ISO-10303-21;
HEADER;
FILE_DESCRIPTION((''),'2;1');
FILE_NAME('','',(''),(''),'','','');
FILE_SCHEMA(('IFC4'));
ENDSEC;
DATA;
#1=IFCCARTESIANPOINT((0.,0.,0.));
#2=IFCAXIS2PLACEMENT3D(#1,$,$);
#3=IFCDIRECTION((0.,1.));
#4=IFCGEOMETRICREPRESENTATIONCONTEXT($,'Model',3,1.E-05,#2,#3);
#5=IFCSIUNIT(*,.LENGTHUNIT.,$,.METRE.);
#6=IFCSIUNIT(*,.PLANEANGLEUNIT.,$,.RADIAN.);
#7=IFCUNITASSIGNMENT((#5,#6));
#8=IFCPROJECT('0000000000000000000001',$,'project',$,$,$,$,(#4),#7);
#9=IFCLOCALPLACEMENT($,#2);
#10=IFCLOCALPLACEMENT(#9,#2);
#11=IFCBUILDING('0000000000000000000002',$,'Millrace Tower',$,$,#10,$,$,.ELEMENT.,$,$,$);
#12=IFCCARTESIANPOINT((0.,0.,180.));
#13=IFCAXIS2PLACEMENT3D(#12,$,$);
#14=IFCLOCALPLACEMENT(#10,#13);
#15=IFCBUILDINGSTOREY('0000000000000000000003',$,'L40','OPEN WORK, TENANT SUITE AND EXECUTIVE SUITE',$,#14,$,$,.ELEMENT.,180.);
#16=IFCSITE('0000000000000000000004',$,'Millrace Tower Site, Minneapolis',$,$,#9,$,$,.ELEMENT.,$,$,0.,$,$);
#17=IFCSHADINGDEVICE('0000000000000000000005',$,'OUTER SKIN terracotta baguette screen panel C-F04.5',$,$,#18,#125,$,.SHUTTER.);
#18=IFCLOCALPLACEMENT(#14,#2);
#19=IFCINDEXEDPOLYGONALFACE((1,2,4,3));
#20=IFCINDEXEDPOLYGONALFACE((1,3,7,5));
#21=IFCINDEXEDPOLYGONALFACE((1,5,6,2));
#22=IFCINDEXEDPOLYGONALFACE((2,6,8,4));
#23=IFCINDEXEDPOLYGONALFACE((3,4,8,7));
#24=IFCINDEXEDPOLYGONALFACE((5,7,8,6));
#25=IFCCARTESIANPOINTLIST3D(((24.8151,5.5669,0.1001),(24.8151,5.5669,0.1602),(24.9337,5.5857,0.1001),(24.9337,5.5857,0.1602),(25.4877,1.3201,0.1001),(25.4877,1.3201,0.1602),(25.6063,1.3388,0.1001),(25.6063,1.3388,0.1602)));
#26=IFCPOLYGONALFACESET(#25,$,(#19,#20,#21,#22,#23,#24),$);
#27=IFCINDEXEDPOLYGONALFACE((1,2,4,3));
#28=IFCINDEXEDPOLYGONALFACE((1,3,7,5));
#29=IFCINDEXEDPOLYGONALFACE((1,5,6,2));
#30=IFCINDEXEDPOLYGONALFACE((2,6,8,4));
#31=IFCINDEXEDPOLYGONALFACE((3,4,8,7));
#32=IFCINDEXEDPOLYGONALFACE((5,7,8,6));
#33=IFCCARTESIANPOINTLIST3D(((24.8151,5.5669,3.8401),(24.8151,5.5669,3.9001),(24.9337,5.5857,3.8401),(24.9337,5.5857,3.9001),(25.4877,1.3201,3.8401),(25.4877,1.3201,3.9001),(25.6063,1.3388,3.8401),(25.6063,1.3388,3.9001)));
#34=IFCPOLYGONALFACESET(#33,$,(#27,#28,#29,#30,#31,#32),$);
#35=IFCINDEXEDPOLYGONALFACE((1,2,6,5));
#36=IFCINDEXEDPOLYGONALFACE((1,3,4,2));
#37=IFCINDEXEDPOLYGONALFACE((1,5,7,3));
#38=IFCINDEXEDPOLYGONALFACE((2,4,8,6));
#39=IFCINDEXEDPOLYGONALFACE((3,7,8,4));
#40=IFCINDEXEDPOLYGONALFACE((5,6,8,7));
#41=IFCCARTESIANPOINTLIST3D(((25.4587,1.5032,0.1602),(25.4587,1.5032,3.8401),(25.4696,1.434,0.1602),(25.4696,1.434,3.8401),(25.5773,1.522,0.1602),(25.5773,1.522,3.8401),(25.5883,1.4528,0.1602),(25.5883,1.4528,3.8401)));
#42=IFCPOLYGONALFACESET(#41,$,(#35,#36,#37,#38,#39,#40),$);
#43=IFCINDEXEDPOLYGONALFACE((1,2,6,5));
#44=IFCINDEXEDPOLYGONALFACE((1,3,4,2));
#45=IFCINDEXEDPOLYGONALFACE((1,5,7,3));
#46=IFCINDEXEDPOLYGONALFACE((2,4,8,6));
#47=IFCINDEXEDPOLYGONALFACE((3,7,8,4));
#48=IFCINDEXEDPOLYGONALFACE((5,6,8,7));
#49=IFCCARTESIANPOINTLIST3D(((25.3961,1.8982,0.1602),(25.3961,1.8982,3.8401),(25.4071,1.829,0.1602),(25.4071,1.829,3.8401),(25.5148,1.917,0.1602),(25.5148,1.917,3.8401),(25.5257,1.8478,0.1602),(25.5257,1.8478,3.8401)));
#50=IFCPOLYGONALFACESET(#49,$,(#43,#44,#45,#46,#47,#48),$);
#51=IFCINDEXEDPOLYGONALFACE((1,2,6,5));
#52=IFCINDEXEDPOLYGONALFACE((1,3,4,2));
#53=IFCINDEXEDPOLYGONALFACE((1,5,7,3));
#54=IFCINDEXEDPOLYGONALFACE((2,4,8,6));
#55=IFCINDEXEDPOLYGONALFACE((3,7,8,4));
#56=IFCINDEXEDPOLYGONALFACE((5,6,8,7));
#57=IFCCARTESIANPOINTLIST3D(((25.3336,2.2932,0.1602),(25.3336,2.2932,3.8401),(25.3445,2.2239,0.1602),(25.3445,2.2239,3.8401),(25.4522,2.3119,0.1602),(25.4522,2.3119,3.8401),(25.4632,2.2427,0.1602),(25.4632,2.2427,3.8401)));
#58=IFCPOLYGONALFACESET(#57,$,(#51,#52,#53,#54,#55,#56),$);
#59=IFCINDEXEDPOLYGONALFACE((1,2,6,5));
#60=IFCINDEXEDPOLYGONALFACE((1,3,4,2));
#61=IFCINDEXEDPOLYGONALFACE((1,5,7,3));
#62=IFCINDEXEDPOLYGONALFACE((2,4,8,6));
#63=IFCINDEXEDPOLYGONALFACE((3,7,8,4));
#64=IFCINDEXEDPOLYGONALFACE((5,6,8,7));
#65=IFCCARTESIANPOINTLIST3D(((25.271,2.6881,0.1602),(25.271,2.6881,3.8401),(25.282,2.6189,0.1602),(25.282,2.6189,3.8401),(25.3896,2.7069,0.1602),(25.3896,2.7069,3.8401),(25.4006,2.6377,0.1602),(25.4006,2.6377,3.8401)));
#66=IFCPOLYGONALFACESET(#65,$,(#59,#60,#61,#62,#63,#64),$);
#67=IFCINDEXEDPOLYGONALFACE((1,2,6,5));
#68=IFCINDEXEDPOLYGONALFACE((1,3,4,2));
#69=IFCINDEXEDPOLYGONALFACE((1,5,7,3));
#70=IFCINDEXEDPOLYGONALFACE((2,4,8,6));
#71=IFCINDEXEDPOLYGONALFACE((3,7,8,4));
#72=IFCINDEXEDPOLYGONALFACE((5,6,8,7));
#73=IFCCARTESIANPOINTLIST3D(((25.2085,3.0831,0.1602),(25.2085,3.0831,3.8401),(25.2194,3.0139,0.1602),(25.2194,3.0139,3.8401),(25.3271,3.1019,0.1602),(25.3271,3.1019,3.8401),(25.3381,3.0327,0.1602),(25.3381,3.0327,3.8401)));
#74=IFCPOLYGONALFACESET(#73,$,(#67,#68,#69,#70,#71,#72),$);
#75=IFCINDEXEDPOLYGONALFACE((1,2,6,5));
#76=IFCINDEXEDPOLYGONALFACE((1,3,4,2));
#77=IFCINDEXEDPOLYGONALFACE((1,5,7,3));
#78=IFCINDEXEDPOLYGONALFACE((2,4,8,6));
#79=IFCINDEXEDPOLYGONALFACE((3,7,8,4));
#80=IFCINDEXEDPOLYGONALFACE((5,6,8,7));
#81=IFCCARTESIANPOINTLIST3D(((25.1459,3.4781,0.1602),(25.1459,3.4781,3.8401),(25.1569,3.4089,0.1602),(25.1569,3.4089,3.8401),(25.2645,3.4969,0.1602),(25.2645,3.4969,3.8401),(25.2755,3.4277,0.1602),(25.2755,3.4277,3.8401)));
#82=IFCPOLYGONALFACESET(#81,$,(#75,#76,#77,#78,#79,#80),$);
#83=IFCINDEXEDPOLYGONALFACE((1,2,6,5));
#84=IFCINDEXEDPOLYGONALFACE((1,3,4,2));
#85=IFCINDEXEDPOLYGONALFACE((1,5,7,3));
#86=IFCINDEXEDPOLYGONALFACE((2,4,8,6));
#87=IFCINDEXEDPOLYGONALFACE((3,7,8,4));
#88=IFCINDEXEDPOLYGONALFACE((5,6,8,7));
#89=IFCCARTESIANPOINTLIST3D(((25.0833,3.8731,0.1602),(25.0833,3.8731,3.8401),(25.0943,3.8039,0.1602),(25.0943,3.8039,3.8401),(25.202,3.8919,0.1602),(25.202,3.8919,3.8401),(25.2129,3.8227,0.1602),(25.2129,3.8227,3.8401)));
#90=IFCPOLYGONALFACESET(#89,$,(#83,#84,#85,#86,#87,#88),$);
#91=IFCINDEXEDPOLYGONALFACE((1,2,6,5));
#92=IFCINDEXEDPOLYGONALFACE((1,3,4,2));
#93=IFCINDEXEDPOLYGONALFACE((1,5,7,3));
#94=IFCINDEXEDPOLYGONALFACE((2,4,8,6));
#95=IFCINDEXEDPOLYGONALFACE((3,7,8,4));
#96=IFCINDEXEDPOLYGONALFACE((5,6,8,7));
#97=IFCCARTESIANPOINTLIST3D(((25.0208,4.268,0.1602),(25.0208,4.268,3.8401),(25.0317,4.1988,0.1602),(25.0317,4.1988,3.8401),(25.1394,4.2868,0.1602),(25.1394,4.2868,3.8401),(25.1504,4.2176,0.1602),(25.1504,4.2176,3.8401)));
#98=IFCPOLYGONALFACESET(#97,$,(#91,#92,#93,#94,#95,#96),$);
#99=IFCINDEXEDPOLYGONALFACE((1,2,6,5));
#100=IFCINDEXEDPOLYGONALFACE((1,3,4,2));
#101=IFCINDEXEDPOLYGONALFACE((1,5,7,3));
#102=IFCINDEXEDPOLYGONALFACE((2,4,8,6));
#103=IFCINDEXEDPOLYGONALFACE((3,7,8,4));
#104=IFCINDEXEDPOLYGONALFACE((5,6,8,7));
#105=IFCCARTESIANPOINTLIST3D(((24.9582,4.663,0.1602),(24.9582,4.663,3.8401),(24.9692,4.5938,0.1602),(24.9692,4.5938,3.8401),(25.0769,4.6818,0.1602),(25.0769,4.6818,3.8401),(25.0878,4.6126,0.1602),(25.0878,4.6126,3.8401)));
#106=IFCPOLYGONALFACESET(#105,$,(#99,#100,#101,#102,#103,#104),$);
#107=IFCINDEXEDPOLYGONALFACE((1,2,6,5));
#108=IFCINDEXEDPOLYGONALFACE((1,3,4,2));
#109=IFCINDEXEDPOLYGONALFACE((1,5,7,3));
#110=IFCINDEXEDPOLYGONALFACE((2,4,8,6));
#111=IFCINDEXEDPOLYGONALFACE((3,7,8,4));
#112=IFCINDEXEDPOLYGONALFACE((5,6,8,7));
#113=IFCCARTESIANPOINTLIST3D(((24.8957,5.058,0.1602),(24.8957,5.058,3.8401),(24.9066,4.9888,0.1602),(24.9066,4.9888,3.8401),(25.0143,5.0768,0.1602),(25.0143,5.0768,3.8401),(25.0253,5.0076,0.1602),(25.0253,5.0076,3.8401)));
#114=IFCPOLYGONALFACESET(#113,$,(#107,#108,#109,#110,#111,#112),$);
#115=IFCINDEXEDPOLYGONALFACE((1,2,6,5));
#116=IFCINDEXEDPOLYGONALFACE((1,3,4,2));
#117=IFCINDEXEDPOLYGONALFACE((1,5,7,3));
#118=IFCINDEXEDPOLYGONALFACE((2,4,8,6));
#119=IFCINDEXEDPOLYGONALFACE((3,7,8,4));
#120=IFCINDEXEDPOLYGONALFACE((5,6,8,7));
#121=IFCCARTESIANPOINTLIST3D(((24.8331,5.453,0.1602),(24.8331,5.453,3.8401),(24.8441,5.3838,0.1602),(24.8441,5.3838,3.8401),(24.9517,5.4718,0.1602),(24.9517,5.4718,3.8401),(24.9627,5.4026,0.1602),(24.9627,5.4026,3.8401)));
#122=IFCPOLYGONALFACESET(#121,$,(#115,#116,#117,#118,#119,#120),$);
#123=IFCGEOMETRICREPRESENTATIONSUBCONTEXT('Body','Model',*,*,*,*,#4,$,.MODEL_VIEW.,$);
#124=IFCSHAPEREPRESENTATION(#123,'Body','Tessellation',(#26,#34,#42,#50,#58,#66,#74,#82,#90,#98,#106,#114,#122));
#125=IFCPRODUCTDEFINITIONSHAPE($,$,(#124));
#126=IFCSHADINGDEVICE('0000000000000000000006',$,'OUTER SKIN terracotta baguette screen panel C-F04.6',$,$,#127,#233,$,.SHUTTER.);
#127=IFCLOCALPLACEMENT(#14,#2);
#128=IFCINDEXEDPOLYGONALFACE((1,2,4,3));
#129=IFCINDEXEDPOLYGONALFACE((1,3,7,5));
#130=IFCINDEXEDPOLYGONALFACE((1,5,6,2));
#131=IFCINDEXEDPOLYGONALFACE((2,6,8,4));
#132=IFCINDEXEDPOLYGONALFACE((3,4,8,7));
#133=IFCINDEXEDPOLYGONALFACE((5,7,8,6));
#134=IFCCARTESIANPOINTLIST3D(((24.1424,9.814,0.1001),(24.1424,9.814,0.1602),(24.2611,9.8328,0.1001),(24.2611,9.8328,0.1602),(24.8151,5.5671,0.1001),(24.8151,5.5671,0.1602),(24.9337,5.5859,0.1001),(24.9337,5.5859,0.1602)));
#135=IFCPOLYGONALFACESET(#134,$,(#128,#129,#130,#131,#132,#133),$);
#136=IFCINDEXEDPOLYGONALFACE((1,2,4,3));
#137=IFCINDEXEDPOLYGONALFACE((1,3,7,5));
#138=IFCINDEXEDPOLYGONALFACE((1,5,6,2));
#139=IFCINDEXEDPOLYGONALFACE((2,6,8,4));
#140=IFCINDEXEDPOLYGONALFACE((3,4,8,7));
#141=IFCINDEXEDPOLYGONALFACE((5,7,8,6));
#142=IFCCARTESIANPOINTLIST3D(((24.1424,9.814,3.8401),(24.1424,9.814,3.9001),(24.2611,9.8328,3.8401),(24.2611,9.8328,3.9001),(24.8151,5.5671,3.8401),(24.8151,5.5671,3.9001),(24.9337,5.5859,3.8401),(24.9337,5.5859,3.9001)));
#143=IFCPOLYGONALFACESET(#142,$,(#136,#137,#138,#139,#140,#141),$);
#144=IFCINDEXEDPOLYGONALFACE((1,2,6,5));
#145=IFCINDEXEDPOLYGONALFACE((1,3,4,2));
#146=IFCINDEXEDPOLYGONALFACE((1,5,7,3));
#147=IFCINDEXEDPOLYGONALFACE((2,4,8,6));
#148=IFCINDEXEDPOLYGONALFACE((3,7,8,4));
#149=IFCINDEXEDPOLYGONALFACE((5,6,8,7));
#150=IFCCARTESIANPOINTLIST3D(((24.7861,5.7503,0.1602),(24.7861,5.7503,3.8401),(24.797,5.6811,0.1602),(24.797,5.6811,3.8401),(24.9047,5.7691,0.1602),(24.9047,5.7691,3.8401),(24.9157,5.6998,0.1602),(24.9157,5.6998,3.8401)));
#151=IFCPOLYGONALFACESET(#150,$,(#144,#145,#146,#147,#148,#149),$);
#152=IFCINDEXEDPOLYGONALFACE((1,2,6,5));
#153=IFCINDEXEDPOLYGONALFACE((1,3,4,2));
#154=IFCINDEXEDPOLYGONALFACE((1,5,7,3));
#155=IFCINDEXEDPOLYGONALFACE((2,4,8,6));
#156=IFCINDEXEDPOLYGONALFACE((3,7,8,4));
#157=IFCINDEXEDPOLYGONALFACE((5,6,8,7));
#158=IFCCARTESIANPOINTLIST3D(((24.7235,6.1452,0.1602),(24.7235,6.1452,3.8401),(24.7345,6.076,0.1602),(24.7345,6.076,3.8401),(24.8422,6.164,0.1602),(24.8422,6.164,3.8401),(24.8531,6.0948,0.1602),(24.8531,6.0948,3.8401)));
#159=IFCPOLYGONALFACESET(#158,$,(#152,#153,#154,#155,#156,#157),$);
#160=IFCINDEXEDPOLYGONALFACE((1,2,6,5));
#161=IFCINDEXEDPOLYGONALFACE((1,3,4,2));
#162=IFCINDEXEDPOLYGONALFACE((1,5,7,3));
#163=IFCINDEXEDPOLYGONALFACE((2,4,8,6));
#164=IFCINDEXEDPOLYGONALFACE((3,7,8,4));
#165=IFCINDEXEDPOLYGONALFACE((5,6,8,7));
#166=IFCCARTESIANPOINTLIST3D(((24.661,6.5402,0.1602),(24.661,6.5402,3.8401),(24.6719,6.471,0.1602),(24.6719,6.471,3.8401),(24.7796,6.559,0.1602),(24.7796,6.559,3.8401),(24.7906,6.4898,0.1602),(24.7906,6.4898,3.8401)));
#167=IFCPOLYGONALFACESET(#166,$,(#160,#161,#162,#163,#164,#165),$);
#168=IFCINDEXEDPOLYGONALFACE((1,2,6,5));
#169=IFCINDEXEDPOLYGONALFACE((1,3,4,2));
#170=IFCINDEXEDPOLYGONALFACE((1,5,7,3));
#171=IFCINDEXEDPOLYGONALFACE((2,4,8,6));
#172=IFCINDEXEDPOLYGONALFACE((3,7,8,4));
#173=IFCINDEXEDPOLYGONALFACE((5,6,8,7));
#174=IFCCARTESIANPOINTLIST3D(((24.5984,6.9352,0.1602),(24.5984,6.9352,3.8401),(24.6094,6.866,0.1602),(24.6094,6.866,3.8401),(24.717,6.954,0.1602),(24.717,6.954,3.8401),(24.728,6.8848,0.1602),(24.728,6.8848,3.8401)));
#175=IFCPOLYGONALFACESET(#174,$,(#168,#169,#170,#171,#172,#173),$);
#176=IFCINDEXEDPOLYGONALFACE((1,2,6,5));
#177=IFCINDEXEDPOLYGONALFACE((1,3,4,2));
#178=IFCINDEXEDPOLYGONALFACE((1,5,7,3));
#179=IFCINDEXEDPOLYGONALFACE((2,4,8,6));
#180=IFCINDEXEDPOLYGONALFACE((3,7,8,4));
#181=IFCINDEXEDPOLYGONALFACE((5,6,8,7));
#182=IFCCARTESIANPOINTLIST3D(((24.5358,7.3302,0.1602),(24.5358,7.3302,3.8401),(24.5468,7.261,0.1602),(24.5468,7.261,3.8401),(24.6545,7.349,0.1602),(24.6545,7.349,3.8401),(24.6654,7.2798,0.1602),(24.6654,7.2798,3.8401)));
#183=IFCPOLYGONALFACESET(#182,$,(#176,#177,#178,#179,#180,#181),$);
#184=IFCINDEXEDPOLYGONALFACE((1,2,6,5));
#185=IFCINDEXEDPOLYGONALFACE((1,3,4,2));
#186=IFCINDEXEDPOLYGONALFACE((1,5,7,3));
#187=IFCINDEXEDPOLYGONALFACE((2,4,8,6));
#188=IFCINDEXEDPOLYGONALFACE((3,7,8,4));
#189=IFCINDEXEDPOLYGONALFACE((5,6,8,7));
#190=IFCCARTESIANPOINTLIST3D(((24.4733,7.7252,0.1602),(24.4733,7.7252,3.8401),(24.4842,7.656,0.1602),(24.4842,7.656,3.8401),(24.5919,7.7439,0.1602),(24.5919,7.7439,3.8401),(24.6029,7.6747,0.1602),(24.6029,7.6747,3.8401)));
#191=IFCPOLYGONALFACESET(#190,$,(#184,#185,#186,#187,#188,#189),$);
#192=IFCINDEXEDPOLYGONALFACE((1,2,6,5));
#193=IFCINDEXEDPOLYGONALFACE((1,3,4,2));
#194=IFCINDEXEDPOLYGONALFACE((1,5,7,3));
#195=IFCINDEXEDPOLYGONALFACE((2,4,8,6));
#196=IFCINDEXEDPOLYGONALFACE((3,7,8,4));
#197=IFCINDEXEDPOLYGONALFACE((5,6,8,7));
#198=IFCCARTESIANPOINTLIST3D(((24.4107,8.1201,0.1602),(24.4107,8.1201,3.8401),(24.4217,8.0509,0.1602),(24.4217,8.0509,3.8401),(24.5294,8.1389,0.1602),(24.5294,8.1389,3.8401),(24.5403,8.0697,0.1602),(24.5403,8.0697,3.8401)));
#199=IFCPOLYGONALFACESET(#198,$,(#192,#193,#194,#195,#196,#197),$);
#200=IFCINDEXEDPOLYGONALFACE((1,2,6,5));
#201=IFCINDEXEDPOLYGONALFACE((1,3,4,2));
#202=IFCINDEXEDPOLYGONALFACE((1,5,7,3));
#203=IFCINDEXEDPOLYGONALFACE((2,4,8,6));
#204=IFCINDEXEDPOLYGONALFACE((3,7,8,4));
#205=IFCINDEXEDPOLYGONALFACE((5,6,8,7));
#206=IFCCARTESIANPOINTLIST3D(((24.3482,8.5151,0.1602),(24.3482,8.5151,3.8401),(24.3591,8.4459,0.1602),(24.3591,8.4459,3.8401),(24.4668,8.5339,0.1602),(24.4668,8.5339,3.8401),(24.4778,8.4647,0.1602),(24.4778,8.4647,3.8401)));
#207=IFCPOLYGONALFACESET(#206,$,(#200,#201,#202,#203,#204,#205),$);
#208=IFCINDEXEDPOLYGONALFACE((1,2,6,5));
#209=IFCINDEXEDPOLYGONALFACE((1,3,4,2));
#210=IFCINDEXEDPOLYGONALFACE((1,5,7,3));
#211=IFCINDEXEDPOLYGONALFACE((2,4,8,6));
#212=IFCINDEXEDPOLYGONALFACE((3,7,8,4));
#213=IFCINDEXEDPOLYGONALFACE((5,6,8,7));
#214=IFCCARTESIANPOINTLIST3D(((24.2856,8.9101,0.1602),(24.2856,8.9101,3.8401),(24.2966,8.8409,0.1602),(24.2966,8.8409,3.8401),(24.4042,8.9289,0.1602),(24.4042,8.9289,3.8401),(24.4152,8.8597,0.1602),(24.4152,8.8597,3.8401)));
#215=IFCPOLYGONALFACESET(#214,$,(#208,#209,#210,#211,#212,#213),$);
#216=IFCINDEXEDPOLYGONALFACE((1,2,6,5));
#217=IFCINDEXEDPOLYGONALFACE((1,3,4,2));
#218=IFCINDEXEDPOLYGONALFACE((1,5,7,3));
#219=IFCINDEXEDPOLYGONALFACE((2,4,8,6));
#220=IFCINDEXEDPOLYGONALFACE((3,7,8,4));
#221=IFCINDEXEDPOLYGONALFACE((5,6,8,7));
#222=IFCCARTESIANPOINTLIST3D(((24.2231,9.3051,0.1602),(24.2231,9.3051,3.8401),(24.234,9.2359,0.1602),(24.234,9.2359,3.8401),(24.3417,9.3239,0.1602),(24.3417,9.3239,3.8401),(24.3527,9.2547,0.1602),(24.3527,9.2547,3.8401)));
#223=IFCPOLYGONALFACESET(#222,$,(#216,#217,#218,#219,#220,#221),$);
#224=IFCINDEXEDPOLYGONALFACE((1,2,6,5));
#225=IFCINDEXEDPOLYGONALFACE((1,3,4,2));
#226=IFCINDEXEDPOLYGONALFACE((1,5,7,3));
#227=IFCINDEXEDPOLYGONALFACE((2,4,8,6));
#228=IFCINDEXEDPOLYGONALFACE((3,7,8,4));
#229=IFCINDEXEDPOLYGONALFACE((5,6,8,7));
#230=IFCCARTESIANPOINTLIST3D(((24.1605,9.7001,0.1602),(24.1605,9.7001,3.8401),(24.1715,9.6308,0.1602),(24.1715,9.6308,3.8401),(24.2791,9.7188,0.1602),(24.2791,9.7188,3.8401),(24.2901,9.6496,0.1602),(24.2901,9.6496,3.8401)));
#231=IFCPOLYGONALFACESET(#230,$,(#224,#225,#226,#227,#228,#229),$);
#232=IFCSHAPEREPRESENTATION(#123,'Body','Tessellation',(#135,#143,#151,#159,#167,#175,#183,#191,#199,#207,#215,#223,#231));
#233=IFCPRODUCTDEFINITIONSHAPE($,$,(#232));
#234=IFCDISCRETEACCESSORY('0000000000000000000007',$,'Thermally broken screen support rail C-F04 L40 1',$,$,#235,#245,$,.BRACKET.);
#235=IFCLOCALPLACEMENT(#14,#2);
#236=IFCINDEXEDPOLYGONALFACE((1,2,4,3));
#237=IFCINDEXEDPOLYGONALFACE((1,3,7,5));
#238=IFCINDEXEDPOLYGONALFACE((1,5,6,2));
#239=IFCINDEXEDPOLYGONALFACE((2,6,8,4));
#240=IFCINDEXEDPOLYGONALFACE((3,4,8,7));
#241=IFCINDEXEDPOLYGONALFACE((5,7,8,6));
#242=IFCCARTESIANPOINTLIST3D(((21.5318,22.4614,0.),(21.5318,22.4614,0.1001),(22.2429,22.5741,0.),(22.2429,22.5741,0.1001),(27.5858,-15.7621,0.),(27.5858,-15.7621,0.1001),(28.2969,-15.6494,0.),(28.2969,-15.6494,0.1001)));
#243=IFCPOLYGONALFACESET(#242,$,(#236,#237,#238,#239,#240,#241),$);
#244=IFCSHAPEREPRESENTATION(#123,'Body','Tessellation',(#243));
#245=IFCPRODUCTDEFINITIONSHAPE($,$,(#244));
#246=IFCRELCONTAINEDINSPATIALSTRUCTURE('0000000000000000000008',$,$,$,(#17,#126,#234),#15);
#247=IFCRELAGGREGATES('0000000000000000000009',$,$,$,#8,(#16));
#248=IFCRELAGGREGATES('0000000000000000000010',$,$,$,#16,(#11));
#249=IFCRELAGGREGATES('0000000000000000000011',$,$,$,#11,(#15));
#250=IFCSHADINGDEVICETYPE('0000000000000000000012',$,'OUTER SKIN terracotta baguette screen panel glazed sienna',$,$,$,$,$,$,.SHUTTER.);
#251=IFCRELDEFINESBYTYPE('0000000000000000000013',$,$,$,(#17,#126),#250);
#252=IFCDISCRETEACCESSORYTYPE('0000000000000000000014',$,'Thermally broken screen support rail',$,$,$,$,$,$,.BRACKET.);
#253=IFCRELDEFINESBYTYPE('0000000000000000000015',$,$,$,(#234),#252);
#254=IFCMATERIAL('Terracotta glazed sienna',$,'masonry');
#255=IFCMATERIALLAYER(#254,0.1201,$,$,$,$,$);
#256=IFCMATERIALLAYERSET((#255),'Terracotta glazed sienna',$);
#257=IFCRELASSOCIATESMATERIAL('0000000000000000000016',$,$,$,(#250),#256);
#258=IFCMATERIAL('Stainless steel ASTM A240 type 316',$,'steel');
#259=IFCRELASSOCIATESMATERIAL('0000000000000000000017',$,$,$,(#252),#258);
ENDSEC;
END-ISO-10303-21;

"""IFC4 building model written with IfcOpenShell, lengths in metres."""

from ifc_helpers import new_model, entity, si_unit, direction, frame, frame_2d, origin, origin_2d, place, context, subcontext, project, spatial, rectangle, extrude, source, transform, mapped, material, layer, layer_set, type_object, element, save


model = new_model("IFC4")

# Units and contexts
model_context = context("Model", 3, precision=1e-05, world=origin(), true_north=direction((0.0, 1.0)))
body_context = subcontext(model_context, "Body", "Model", "MODEL_VIEW")
ifc_project = project(units=[si_unit("LENGTHUNIT", "METRE"), si_unit("PLANEANGLEUNIT", "RADIAN")], contexts=[model_context])

# Site, building, storey
site_placement = place(None, origin())
site = spatial("IfcSite", under=ifc_project, at=site_placement, Name="Millrace Tower Site, Minneapolis", CompositionType="ELEMENT", RefElevation=0.0)
building_placement = place(site_placement, origin())
building = spatial("IfcBuilding", under=site, at=building_placement, Name="Millrace Tower", CompositionType="ELEMENT")
storey_placement = place(building_placement, frame((0.0, 0.0, 180.0)))
storey = spatial("IfcBuildingStorey", under=building, at=storey_placement, Name="L40", Description="OPEN WORK, TENANT SUITE AND EXECUTIVE SUITE", CompositionType="ELEMENT", Elevation=180.0)

# Shading devices
ifc_material_1 = material(Name="Terracotta glazed sienna", Category="masonry")
ifc_layer_1 = layer(ifc_material_1, 0.1201)
ifc_layer_set_1 = layer_set([ifc_layer_1], Name="Terracotta glazed sienna")
shading_device_type = type_object("IfcShadingDeviceType", Name="OUTER SKIN terracotta baguette screen panel glazed sienna", PredefinedType="SHUTTER", material=ifc_layer_set_1)
cartesian_point = entity("IfcCartesianPoint", [-2.1499, 0.0601])
shared_polyline = entity("IfcPolyline", [cartesian_point, entity("IfcCartesianPoint", [2.1499, 0.0601]), entity("IfcCartesianPoint", [2.1499, -0.0601]), entity("IfcCartesianPoint", [-2.1499, -0.0601]), cartesian_point])
shared_shape = source(origin(), body_context, "Body", "SweptSolid", [
    entity("IfcExtrudedAreaSolid", entity("IfcArbitraryClosedProfileDef", "AREA", None, shared_polyline), entity("IfcAxis2Placement3D", entity("IfcCartesianPoint", [0.0, 0.0, 0.0])), entity("IfcDirection", [0.0, 0.0, 1.0]), 0.0601),
    entity("IfcExtrudedAreaSolid", entity("IfcArbitraryClosedProfileDef", "AREA", None, shared_polyline), entity("IfcAxis2Placement3D", entity("IfcCartesianPoint", [0.0, 0.0, 3.74])), entity("IfcDirection", [0.0, 0.0, 1.0]), 0.0601),
    extrude(rectangle(XDim=0.0701, YDim=0.1201, at=frame_2d((-1.9995, 0.0))), frame((0.0, 0.0, 0.0601)), (0.0, 0.0, 1.0), 3.6799),
    extrude(rectangle(XDim=0.0701, YDim=0.1201, at=frame_2d((-1.5996, 0.0))), frame((0.0, 0.0, 0.0601)), (0.0, 0.0, 1.0), 3.6799),
    extrude(rectangle(XDim=0.0701, YDim=0.1201, at=frame_2d((-1.1997, 0.0))), frame((0.0, 0.0, 0.0601)), (0.0, 0.0, 1.0), 3.6799),
    extrude(rectangle(XDim=0.0701, YDim=0.1201, at=frame_2d((-0.7998, 0.0))), frame((0.0, 0.0, 0.0601)), (0.0, 0.0, 1.0), 3.6799),
    extrude(rectangle(XDim=0.0701, YDim=0.1201, at=frame_2d((-0.3999, 0.0))), frame((0.0, 0.0, 0.0601)), (0.0, 0.0, 1.0), 3.6799),
    extrude(rectangle(XDim=0.0701, YDim=0.1201, at=origin_2d()), frame((0.0, 0.0, 0.0601)), (0.0, 0.0, 1.0), 3.6799),
    extrude(rectangle(XDim=0.0701, YDim=0.1201, at=frame_2d((0.3999, 0.0))), frame((0.0, 0.0, 0.0601)), (0.0, 0.0, 1.0), 3.6799),
    extrude(rectangle(XDim=0.0701, YDim=0.1201, at=frame_2d((0.7998, 0.0))), frame((0.0, 0.0, 0.0601)), (0.0, 0.0, 1.0), 3.6799),
    extrude(rectangle(XDim=0.0701, YDim=0.1201, at=frame_2d((1.1997, 0.0))), frame((0.0, 0.0, 0.0601)), (0.0, 0.0, 1.0), 3.6799),
    extrude(rectangle(XDim=0.0701, YDim=0.1201, at=frame_2d((1.5996, 0.0))), frame((0.0, 0.0, 0.0601)), (0.0, 0.0, 1.0), 3.6799),
    extrude(rectangle(XDim=0.0701, YDim=0.1201, at=frame_2d((1.9995, 0.0))), frame((0.0, 0.0, 0.0601)), (0.0, 0.0, 1.0), 3.6799),
])
for number, where, z_axis, x_axis, name in (
    (1, (25.2107, 3.4529, 0.1001), (0.0, 0.0, 1.0), (-0.156434, 0.987688, 0.0), "OUTER SKIN terracotta baguette screen panel C-F04.5"),
    (2, (24.5381, 7.7, 0.1001), (0.0, 0.0, 1.0), (-0.156434, 0.987688, 0.0), "OUTER SKIN terracotta baguette screen panel C-F04.6"),
):
    element("IfcShadingDevice", number, at=place(storey_placement, frame(where, z_axis=z_axis, x_axis=x_axis)), inside=storey, type_object=shading_device_type, Name=name, PredefinedType="SHUTTER", context=body_context, shape_type="MappedRepresentation", body=[
        mapped(shared_shape, transform((0.0, 0.0, 0.0), scale=1.0)),
    ])

# Discrete accessory
ifc_material_2 = material(Name="Stainless steel ASTM A240 type 316", Category="steel")
discrete_accessory_type = type_object("IfcDiscreteAccessoryType", Name="Thermally broken screen support rail", PredefinedType="BRACKET", material=ifc_material_2)
discrete_accessory_placement = place(storey_placement, frame((24.9143, 3.406, 0.0), z_axis=(0.0, 0.0, 1.0), x_axis=(-0.156434, 0.987688, 0.0)))
element("IfcDiscreteAccessory", 3, at=discrete_accessory_placement, inside=storey, type_object=discrete_accessory_type, Name="Thermally broken screen support rail C-F04 L40 1", PredefinedType="BRACKET", context=body_context, shape_type="SweptSolid", body=[
    extrude(rectangle(XDim=38.7, YDim=0.72, at=origin_2d()), origin(), (0.0, 0.0, 1.0), 0.1001),
])

save(model, "model.ifc")
